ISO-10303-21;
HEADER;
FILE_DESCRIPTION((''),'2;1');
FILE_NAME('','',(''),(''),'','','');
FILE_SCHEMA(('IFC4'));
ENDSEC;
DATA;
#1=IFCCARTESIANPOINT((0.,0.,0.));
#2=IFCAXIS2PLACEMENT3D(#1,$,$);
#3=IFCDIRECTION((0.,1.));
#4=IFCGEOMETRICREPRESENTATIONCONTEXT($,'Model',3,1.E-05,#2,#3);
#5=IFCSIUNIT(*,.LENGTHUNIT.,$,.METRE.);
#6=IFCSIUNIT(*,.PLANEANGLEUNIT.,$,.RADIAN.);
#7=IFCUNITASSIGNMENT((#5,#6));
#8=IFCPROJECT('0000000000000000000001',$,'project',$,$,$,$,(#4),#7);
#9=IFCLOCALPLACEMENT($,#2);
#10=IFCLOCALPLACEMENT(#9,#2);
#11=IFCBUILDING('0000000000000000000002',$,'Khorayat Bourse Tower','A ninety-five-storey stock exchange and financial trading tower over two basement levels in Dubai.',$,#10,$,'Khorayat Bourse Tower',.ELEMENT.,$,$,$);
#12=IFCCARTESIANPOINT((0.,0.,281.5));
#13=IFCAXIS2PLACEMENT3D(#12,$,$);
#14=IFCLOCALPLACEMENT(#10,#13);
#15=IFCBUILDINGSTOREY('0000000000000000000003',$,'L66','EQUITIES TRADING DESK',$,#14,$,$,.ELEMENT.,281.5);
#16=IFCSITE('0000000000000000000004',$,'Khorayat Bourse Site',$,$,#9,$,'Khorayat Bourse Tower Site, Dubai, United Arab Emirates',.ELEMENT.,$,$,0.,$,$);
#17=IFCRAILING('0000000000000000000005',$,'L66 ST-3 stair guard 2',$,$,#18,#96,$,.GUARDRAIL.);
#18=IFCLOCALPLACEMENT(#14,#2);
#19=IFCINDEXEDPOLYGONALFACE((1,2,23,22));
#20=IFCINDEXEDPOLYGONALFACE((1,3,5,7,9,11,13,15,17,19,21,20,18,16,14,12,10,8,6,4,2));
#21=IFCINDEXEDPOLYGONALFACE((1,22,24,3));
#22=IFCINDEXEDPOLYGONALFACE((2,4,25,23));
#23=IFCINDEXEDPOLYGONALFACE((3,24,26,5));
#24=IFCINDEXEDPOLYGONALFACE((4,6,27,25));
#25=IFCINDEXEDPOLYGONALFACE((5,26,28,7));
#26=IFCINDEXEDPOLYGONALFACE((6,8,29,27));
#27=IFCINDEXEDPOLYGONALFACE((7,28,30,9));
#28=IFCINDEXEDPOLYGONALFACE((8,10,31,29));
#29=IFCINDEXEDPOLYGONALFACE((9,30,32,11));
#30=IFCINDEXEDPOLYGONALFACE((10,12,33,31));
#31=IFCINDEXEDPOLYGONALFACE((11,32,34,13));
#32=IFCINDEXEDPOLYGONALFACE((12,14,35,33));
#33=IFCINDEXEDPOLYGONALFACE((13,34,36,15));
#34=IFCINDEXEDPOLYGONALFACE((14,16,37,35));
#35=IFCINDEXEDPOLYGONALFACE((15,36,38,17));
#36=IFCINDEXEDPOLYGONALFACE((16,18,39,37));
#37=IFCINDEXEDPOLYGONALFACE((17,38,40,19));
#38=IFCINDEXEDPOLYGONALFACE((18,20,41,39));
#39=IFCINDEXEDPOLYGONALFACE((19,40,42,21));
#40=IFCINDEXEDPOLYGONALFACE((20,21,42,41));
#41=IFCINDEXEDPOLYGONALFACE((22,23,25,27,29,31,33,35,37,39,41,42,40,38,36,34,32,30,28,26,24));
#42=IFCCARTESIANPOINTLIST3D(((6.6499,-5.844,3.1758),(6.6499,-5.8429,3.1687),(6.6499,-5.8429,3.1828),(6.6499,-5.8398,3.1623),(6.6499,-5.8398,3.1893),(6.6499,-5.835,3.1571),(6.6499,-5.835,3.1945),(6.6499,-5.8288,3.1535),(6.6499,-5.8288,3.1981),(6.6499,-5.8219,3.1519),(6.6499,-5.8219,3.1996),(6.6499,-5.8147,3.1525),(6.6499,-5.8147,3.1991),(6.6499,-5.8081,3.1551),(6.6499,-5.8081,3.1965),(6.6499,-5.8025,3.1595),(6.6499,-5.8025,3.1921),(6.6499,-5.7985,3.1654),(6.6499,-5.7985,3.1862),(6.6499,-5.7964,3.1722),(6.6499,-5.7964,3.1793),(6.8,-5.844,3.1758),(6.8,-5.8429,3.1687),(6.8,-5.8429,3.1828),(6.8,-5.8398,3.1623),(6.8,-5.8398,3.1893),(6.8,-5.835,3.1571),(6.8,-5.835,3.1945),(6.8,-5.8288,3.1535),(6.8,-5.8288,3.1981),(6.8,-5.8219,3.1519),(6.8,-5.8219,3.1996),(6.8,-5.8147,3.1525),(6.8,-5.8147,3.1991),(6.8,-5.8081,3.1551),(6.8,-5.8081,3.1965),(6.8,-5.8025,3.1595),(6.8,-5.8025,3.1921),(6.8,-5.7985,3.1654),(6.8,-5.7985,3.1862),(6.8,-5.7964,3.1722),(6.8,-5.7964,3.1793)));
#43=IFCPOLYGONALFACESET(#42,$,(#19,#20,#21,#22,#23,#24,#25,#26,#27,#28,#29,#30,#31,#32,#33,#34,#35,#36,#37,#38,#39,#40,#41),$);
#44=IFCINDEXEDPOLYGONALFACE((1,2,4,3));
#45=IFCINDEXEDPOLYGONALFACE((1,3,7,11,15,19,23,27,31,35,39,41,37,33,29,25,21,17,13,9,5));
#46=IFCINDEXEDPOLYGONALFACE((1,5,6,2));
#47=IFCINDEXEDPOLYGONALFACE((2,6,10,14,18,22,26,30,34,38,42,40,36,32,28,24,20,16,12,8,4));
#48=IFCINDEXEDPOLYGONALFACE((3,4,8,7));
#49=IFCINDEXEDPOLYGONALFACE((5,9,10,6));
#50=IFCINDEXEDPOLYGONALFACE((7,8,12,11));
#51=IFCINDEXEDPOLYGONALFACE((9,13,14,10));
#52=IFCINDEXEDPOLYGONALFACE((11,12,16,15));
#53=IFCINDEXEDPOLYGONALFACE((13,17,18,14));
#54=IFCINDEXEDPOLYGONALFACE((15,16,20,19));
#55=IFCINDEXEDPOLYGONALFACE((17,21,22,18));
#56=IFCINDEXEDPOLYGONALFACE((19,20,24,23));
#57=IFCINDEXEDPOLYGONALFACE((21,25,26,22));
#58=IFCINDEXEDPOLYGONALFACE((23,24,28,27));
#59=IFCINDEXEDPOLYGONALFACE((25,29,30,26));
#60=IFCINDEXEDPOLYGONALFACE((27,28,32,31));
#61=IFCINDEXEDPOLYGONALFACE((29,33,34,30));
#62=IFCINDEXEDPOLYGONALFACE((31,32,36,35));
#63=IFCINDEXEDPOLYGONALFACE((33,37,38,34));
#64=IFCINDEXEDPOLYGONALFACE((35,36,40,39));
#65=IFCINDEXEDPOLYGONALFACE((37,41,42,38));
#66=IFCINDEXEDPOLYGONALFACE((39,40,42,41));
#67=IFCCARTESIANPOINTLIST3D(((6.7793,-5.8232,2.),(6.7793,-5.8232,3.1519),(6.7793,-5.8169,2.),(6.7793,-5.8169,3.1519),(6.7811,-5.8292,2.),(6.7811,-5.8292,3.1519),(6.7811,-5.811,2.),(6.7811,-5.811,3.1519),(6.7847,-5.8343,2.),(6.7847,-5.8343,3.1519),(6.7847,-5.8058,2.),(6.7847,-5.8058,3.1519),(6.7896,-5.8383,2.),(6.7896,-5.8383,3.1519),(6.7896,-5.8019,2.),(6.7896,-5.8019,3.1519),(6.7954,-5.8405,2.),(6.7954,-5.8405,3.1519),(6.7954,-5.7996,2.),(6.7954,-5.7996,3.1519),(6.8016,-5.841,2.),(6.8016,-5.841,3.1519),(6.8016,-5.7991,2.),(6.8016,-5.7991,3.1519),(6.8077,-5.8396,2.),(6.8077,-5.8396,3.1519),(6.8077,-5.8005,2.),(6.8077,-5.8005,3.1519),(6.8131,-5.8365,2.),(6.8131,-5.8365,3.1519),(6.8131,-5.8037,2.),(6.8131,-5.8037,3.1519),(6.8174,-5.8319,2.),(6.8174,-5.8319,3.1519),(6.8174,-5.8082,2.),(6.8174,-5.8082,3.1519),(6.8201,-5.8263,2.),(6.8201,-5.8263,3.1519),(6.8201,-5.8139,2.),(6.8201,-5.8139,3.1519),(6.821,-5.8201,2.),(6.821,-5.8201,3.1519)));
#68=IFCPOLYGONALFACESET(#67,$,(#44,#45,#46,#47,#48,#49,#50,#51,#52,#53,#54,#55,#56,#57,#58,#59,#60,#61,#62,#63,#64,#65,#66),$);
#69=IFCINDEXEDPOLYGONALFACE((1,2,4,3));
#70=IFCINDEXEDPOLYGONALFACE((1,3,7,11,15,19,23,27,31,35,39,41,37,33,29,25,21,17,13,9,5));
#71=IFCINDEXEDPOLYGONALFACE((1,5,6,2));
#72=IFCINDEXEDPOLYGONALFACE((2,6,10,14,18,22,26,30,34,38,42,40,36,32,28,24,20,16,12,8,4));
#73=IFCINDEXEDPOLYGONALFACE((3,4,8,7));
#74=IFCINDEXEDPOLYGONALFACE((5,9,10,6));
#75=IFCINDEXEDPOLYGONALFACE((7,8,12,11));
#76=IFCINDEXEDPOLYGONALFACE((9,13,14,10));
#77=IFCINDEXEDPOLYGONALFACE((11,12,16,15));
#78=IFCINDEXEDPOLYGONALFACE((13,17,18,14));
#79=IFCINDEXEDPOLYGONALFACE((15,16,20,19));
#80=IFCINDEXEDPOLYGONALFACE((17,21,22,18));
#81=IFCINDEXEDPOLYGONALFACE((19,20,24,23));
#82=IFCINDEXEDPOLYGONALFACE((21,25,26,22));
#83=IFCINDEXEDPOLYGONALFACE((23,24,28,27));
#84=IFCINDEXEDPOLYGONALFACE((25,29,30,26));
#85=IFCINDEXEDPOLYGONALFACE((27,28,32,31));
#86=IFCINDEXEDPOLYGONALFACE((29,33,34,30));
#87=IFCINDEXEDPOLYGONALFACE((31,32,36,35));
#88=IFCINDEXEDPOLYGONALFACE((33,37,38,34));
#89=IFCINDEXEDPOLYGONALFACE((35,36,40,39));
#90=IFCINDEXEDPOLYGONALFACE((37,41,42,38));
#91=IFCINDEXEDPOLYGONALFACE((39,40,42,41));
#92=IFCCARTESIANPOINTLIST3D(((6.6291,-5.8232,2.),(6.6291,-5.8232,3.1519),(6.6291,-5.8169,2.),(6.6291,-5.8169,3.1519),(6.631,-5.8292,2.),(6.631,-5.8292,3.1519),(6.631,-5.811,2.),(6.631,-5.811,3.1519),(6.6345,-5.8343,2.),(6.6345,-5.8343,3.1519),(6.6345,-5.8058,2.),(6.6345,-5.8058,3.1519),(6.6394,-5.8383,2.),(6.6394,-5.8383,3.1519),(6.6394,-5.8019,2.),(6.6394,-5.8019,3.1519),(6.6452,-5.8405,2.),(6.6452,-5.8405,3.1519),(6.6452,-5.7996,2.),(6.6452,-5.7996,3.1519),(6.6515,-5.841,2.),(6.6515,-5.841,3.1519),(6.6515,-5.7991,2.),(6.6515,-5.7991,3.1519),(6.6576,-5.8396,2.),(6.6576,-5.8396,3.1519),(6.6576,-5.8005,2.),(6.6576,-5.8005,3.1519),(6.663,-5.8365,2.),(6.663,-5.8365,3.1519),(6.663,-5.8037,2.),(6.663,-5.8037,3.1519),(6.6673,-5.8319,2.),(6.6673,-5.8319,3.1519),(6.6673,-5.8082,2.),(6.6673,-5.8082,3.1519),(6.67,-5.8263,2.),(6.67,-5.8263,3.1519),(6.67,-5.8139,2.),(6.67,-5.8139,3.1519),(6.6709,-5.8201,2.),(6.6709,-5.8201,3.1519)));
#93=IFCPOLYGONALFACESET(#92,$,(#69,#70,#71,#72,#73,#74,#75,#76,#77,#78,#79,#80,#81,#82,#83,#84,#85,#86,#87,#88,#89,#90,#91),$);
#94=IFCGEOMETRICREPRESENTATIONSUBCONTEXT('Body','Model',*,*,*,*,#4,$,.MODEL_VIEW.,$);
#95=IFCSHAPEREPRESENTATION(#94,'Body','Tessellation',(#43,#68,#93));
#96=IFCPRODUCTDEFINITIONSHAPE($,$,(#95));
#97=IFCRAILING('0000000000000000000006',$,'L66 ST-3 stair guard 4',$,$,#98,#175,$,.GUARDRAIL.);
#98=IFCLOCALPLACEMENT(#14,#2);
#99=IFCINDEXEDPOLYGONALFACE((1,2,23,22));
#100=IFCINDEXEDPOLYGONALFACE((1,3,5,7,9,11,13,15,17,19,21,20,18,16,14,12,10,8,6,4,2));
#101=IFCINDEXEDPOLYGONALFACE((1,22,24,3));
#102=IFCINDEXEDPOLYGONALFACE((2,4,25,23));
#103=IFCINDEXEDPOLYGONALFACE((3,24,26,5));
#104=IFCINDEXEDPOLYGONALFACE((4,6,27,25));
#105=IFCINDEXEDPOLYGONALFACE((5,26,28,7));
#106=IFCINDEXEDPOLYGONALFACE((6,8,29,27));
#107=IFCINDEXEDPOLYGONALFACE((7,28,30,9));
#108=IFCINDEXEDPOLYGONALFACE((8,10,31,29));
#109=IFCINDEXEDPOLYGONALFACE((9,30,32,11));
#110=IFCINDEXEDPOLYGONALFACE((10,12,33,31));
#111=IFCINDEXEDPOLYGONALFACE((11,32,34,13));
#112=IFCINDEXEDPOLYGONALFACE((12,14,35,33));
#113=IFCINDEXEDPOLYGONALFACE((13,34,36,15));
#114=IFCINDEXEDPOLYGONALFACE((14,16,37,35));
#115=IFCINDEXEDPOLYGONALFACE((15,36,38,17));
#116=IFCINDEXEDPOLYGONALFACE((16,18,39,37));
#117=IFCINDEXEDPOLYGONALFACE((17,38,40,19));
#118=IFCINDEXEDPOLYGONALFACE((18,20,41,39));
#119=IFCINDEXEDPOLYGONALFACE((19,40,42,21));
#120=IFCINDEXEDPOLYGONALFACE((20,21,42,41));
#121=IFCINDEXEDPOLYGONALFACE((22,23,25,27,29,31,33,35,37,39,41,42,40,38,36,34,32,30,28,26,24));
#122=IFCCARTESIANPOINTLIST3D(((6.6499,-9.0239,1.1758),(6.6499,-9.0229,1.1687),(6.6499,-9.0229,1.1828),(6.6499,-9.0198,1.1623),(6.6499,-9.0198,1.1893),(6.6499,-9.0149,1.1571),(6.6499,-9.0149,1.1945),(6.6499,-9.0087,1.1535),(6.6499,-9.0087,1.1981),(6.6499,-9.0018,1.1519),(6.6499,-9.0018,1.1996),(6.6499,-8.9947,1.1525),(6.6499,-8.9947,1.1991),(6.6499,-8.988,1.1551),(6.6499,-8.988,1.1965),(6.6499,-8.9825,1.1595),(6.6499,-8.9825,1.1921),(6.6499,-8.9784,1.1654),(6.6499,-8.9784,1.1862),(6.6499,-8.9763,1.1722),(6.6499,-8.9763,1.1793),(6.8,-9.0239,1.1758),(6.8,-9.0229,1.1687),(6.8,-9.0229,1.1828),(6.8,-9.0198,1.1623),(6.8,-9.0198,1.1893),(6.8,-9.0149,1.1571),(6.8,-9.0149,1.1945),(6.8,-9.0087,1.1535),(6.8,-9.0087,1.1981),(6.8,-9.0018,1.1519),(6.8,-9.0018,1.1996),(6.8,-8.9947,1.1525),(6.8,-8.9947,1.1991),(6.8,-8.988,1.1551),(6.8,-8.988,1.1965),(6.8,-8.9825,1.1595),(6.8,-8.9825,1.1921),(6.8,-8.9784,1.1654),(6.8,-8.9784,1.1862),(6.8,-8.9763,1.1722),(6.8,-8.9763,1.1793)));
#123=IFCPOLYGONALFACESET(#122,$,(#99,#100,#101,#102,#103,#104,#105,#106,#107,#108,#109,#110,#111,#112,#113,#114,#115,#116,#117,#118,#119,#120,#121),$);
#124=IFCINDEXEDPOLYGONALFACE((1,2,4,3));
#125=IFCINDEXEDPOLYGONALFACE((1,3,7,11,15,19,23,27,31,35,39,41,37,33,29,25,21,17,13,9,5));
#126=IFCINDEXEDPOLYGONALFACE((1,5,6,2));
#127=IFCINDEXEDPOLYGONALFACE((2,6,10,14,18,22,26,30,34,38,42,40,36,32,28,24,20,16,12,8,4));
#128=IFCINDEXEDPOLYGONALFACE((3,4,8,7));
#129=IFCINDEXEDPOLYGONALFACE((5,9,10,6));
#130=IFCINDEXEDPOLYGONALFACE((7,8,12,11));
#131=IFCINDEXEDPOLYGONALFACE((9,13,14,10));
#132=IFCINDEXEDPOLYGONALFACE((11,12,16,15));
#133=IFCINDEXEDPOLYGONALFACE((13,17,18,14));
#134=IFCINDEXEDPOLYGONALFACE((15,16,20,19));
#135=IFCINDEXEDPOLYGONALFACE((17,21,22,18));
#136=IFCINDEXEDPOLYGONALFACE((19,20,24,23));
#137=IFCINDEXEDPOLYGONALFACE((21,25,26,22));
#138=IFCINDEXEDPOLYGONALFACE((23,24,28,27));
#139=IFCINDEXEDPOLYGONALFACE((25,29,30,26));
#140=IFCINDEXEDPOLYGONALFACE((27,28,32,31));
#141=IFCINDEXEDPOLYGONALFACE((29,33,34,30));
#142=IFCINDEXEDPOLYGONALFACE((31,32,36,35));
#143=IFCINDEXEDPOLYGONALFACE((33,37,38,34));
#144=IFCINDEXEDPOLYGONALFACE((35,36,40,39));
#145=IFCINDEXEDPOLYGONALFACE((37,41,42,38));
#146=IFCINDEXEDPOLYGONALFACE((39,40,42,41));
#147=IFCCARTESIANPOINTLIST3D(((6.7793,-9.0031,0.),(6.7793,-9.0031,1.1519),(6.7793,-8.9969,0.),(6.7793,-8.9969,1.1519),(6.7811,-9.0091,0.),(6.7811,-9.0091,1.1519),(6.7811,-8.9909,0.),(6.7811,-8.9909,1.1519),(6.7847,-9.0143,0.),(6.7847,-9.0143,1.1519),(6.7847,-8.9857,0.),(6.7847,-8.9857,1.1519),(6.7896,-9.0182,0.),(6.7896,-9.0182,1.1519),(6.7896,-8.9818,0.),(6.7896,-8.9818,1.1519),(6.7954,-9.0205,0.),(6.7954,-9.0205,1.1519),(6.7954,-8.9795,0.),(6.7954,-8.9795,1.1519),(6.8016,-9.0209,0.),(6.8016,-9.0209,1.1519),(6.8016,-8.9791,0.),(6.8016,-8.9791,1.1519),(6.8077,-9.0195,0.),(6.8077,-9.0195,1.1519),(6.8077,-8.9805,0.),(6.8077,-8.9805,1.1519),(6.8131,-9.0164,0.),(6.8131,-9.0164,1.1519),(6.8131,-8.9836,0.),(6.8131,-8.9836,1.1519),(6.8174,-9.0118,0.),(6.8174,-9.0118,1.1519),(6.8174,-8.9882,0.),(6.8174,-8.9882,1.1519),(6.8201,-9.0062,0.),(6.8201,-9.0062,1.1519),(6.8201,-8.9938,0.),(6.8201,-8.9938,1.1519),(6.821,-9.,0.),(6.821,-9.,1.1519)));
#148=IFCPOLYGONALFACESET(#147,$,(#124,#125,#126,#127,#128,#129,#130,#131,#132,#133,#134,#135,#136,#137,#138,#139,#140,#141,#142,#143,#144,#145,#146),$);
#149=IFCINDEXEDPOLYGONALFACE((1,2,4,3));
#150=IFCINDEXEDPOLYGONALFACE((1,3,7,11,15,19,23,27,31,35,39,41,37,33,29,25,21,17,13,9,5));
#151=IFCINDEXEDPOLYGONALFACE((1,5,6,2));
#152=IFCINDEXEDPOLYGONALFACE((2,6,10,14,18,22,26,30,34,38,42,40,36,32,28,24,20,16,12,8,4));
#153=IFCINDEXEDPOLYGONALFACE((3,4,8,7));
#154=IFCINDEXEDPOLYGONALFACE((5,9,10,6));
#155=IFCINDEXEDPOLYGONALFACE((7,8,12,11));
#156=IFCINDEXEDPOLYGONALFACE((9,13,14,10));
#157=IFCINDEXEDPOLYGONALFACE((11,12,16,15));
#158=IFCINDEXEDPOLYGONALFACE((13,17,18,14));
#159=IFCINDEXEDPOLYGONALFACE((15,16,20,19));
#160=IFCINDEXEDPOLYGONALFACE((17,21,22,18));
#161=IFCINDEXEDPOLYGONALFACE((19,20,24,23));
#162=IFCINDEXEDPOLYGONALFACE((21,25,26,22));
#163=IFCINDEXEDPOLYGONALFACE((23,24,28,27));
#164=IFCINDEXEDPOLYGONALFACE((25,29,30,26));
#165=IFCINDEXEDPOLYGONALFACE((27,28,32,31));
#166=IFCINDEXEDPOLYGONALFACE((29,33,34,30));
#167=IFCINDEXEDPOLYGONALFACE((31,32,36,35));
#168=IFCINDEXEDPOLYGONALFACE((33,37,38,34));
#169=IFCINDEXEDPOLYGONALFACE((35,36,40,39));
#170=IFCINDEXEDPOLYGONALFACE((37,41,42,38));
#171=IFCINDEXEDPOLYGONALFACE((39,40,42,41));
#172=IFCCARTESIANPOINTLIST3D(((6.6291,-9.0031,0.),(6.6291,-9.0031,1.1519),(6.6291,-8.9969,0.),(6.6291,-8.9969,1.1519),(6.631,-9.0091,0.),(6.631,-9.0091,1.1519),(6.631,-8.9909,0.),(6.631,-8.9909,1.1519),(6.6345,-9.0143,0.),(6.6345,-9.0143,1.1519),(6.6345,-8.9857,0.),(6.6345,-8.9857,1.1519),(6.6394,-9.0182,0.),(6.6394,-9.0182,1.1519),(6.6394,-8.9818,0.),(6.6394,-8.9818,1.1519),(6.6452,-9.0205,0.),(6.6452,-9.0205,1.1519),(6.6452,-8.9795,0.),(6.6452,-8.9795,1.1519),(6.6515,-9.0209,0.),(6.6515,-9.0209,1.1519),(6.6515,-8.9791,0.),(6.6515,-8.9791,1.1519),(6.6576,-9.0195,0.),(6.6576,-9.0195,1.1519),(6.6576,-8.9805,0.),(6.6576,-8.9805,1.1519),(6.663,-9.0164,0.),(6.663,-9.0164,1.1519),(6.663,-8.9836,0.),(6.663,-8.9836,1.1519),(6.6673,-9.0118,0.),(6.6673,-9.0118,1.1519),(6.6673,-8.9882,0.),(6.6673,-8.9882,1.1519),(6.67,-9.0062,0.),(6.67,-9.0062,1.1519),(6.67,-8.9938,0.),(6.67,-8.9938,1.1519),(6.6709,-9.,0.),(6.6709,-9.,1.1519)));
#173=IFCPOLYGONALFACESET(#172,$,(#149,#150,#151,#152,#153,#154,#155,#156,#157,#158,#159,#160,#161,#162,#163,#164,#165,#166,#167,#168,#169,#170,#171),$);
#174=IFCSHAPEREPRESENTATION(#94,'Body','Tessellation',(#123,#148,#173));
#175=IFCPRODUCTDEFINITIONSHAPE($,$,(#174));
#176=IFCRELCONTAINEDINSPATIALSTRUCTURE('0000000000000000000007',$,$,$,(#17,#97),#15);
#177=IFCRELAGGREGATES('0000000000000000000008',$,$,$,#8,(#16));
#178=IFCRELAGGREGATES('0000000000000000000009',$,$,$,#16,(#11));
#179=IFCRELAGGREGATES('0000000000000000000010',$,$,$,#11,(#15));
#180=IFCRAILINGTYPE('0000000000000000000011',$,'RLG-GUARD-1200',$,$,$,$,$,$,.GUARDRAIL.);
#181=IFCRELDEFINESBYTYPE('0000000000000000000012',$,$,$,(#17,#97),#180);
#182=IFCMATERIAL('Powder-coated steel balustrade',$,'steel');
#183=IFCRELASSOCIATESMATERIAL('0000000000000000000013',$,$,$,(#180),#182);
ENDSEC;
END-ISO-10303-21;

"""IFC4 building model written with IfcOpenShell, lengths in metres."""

from ifc_helpers import new_model, si_unit, direction, frame, origin, origin_2d, place, context, subcontext, project, spatial, circle, extrude, source, transform, mapped, material, type_object, element, save


model = new_model("IFC4")

# Units and contexts
model_context = context("Model", 3, precision=1e-05, world=origin(), true_north=direction((0.0, 1.0)))
body_context = subcontext(model_context, "Body", "Model", "MODEL_VIEW")
ifc_project = project(units=[si_unit("LENGTHUNIT", "METRE"), si_unit("PLANEANGLEUNIT", "RADIAN")], contexts=[model_context])

# Site, building, storey
site_placement = place(None, origin())
site = spatial("IfcSite", under=ifc_project, at=site_placement, Name="Khorayat Bourse Site", LongName="Khorayat Bourse Tower Site, Dubai, United Arab Emirates", CompositionType="ELEMENT", RefElevation=0.0)
building_placement = place(site_placement, origin())
building = spatial("IfcBuilding", under=site, at=building_placement, Name="Khorayat Bourse Tower", Description="A ninety-five-storey stock exchange and financial trading tower over two basement levels in Dubai.", LongName="Khorayat Bourse Tower", CompositionType="ELEMENT")
storey_placement = place(building_placement, frame((0.0, 0.0, 281.5)))
storey = spatial("IfcBuildingStorey", under=building, at=storey_placement, Name="L66", Description="EQUITIES TRADING DESK", CompositionType="ELEMENT", Elevation=281.5)

# Railings
ifc_material_1 = material(Name="Powder-coated steel balustrade", Category="steel")
railing_type_1 = type_object("IfcRailingType", Name="RLG-GUARD-1200", PredefinedType="GUARDRAIL", material=ifc_material_1)
shared_shape_1 = source(origin(), body_context, "Body", "SweptSolid", [
    extrude(circle(Radius=0.0239, at=origin_2d()), frame((0.0, 0.0, 1.1758), z_axis=(-1.0, 0.0, 0.0), x_axis=(0.0, -1.0, 0.0)), (0.0, 0.0, 1.0), 0.1501),
    extrude(circle(Radius=0.021, at=origin_2d()), origin(), (0.0, 0.0, 1.0), 1.1519),
    extrude(circle(Radius=0.021, at=origin_2d()), frame((-0.1501, 0.0, 0.0)), (0.0, 0.0, 1.0), 1.1519),
])
for number, where, name in (
    (1, (6.8, -5.8201, 2.0), "L66 ST-3 stair guard 2"),
    (2, (6.8, -9.0, 0.0), "L66 ST-3 stair guard 4"),
):
    element("IfcRailing", number, at=place(storey_placement, frame(where)), inside=storey, type_object=railing_type_1, Name=name, PredefinedType="GUARDRAIL", context=body_context, shape_type="MappedRepresentation", body=[
        mapped(shared_shape_1, transform((0.0, 0.0, 0.0), scale=1.0)),
    ])

save(model, "model.ifc")
